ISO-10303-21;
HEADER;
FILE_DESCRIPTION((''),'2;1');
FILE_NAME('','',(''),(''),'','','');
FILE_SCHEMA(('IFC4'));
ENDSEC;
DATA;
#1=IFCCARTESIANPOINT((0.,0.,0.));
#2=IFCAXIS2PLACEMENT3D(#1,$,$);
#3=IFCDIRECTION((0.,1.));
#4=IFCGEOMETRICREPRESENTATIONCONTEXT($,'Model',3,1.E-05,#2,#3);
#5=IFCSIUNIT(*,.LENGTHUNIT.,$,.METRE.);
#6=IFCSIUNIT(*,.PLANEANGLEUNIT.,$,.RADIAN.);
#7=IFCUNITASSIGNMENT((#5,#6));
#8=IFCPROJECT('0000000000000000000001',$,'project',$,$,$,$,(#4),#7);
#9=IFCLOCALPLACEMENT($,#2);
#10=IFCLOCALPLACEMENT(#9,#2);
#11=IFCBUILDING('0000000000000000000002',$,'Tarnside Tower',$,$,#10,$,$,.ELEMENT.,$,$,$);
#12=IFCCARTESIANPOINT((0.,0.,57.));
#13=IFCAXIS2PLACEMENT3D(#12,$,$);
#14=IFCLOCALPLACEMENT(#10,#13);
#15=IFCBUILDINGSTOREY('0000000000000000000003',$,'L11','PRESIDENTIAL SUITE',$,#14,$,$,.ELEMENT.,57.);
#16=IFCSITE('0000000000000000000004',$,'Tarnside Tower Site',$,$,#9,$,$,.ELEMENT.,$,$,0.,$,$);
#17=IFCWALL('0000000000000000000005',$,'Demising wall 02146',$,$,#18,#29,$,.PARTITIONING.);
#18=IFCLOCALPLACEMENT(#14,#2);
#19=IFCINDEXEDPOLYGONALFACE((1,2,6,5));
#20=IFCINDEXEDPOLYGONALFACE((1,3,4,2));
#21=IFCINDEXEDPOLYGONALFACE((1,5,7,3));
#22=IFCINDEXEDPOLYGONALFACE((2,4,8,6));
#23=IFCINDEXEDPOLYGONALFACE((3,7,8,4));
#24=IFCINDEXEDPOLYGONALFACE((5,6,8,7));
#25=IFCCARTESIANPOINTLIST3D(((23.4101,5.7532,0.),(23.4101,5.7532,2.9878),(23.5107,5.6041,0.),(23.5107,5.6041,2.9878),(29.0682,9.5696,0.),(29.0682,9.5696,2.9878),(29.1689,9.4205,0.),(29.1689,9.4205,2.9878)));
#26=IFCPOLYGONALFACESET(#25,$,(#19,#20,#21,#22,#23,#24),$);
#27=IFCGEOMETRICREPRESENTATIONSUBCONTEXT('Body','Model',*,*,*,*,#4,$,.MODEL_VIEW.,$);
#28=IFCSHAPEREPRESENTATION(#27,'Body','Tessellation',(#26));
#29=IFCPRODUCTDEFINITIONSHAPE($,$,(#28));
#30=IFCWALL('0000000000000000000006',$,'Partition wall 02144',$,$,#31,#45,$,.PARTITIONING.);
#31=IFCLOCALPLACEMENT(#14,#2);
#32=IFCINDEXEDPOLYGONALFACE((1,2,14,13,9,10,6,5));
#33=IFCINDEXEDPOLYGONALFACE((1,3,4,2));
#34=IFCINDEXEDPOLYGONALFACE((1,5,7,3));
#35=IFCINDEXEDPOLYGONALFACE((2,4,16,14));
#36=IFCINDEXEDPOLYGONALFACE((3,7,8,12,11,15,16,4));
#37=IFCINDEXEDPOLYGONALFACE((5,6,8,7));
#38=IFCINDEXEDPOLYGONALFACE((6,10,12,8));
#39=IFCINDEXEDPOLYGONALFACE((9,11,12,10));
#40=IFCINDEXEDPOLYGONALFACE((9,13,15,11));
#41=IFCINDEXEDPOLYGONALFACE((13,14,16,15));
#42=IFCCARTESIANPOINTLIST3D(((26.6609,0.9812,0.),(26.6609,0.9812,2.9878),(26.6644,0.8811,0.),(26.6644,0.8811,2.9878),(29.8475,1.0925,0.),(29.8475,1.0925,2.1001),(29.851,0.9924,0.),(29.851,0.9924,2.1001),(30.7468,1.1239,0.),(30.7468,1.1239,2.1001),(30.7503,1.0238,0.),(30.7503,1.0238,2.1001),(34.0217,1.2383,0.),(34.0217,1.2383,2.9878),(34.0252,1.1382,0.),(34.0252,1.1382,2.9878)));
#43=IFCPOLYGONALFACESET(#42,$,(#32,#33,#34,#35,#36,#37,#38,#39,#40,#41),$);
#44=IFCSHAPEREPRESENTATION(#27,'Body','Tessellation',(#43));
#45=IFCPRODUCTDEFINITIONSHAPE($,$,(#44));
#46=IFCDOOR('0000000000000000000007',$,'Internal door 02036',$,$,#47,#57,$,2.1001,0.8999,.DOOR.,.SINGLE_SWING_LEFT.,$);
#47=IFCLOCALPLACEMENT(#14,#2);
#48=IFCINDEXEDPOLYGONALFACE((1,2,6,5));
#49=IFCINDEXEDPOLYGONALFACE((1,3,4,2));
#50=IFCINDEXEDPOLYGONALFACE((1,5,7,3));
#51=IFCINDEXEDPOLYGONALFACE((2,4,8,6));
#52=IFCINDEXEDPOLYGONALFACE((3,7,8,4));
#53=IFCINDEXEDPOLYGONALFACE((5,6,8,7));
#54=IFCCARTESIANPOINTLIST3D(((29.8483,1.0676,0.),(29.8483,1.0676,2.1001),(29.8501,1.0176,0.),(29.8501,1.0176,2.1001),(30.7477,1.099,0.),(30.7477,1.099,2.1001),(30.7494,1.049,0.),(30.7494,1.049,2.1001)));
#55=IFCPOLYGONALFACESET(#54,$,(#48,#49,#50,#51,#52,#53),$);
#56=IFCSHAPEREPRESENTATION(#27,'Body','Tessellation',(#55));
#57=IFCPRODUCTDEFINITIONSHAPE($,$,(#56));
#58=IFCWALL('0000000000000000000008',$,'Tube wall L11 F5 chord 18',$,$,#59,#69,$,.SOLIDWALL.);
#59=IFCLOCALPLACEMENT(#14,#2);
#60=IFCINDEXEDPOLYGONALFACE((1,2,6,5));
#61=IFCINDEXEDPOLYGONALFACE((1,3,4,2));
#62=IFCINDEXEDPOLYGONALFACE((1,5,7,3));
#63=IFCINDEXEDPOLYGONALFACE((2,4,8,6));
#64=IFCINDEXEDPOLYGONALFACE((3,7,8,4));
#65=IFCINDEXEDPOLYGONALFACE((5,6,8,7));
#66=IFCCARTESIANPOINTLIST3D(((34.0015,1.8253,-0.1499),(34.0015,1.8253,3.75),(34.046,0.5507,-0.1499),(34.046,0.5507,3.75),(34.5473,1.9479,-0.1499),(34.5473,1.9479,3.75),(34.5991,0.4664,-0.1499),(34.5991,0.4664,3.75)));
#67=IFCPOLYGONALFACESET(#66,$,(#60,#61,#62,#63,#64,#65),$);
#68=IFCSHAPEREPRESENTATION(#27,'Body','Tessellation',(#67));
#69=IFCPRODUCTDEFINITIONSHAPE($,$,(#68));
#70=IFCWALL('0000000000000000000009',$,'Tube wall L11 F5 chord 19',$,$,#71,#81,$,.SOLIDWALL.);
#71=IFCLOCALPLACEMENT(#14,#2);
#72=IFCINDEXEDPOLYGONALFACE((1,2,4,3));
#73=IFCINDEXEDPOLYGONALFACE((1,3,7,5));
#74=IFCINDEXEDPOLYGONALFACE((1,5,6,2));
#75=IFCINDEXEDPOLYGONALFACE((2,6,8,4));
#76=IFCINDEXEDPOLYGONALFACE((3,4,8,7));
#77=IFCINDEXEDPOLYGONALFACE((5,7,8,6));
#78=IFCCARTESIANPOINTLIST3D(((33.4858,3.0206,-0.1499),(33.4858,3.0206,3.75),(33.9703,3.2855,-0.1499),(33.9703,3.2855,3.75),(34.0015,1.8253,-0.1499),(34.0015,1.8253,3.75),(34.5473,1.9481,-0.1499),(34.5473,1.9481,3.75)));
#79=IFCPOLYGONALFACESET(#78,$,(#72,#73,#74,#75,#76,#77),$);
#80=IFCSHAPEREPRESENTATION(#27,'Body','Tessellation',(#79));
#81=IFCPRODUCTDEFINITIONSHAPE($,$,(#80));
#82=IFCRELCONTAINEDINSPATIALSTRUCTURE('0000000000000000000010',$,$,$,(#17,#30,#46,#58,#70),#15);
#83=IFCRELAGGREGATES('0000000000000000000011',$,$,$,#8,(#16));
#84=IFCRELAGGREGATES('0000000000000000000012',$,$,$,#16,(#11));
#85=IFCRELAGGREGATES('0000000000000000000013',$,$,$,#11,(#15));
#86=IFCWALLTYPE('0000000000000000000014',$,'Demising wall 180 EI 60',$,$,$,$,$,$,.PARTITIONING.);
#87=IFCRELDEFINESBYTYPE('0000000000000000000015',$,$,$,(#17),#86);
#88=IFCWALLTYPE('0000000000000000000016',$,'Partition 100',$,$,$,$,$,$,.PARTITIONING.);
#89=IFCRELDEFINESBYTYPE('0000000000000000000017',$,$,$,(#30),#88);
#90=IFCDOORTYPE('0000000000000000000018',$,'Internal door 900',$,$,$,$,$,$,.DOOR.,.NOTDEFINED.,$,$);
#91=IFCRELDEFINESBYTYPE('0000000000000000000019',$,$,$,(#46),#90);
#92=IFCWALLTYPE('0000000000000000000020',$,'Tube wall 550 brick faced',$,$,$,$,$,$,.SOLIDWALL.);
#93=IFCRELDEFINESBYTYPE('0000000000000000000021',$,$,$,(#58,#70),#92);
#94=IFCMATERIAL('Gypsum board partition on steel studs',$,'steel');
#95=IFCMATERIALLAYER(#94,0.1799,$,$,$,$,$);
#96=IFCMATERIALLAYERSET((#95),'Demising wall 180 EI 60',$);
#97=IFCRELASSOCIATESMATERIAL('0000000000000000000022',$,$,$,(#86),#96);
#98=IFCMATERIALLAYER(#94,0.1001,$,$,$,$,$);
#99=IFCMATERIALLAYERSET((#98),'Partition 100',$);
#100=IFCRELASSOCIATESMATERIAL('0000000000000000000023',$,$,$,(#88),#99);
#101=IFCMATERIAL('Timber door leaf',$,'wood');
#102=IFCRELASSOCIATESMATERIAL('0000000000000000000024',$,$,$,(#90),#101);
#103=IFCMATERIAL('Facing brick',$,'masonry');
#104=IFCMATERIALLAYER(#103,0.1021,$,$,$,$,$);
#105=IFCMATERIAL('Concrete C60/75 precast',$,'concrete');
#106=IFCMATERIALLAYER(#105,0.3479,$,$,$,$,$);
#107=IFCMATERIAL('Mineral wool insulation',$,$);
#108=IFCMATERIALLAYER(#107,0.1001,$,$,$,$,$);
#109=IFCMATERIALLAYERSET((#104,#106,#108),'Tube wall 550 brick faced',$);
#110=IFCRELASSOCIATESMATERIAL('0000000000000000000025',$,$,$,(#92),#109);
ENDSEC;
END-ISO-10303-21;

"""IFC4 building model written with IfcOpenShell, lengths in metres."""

from ifc_helpers import new_model, si_unit, direction, frame, frame_2d, origin, place, context, subcontext, project, spatial, polyline, rectangle, outline, extrude, material, layer, layer_set, type_object, element, fill, save


model = new_model("IFC4")

# Units and contexts
model_context = context("Model", 3, precision=1e-05, world=origin(), true_north=direction((0.0, 1.0)))
body_context = subcontext(model_context, "Body", "Model", "MODEL_VIEW")
ifc_project = project(units=[si_unit("LENGTHUNIT", "METRE"), si_unit("PLANEANGLEUNIT", "RADIAN")], contexts=[model_context])

# Site, building, storey
site_placement = place(None, origin())
site = spatial("IfcSite", under=ifc_project, at=site_placement, Name="Tarnside Tower Site", CompositionType="ELEMENT", RefElevation=0.0)
building_placement = place(site_placement, origin())
building = spatial("IfcBuilding", under=site, at=building_placement, Name="Tarnside Tower", CompositionType="ELEMENT")
storey_placement = place(building_placement, frame((0.0, 0.0, 57.0)))
storey = spatial("IfcBuildingStorey", under=building, at=storey_placement, Name="L11", Description="PRESIDENTIAL SUITE", CompositionType="ELEMENT", Elevation=57.0)

# Wall
ifc_material_1 = material(Name="Gypsum board partition on steel studs", Category="steel")
ifc_layer_1 = layer(ifc_material_1, 0.1799)
ifc_layer_set_1 = layer_set([ifc_layer_1], Name="Demising wall 180 EI 60")
wall_type_1 = type_object("IfcWallType", Name="Demising wall 180 EI 60", PredefinedType="PARTITIONING", material=ifc_layer_set_1)
wall_1_placement = place(storey_placement, frame((29.1187, 9.4951, 0.0), z_axis=(0.0, 0.0, 1.0), x_axis=(-0.829044, -0.559183, 0.0)))
element("IfcWall", 1, at=wall_1_placement, inside=storey, type_object=wall_type_1, Name="Demising wall 02146", PredefinedType="PARTITIONING", context=body_context, shape_type="SweptSolid", body=[
    extrude(rectangle(XDim=6.825, YDim=0.1799, at=frame_2d((3.4126, 0.0))), origin(), (0.0, 0.0, 1.0), 2.9878),
])

# Wall, opening, door
ifc_layer_2 = layer(ifc_material_1, 0.1001)
ifc_layer_set_2 = layer_set([ifc_layer_2], Name="Partition 100")
wall_type_2 = type_object("IfcWallType", Name="Partition 100", PredefinedType="PARTITIONING", material=ifc_layer_set_2)
wall_2_placement = place(storey_placement, frame((34.0234, 1.1882, 0.0), z_axis=(0.0, 0.0, 1.0), x_axis=(-0.999391, -0.034904, 0.0)))
wall_2 = element("IfcWall", 2, at=wall_2_placement, inside=storey, type_object=wall_type_2, Name="Partition wall 02144", PredefinedType="PARTITIONING", context=body_context, shape_type="SweptSolid", body=[
    extrude(rectangle(XDim=7.3652, YDim=0.1001, at=frame_2d((3.6826, 0.0))), origin(), (0.0, 0.0, 1.0), 2.9878),
])
opening_1_placement = place(wall_2_placement, frame((3.2769, 0.0, 0.0)))
opening_1 = element("IfcOpeningElement", 3, at=opening_1_placement, cuts=wall_2, PredefinedType="OPENING", context=body_context, shape_type="SweptSolid", body=[
    extrude(rectangle(XDim=0.8999, YDim=2.1001, at=frame_2d((0.45, 1.05))), frame((0.0, 0.0601, 0.0), z_axis=(0.0, -1.0, 0.0), x_axis=(1.0, 0.0, 0.0)), (0.0, 0.0, 1.0), 0.1201),
])
ifc_material_2 = material(Name="Timber door leaf", Category="wood")
door_type = type_object("IfcDoorType", Name="Internal door 900", OperationType="NOTDEFINED", PredefinedType="DOOR", material=ifc_material_2)
door_placement = place(opening_1_placement, origin())
door = element("IfcDoor", 4, at=door_placement, inside=storey, type_object=door_type, Name="Internal door 02036", OperationType="SINGLE_SWING_LEFT", OverallHeight=2.1001, OverallWidth=0.8999, PredefinedType="DOOR", context=body_context, shape_type="SweptSolid", body=[
    extrude(rectangle(XDim=0.8999, YDim=2.1001, at=frame_2d((0.45, 1.05))), frame((0.0, 0.0249, 0.0), z_axis=(0.0, -1.0, 0.0), x_axis=(1.0, 0.0, 0.0)), (0.0, 0.0, 1.0), 0.05),
])
fill(opening_1, door)

# Walls
ifc_material_3 = material(Name="Facing brick", Category="masonry")
ifc_layer_3 = layer(ifc_material_3, 0.1021)
ifc_material_4 = material(Name="Concrete C60/75 precast", Category="concrete")
ifc_layer_4 = layer(ifc_material_4, 0.3479)
ifc_material_5 = material(Name="Mineral wool insulation")
ifc_layer_5 = layer(ifc_material_5, 0.1001)
ifc_layer_set_3 = layer_set([ifc_layer_3, ifc_layer_4, ifc_layer_5], Name="Tube wall 550 brick faced")
wall_type_3 = type_object("IfcWallType", Name="Tube wall 550 brick faced", PredefinedType="SOLIDWALL", material=ifc_layer_set_3)
wall_3_placement = place(storey_placement, frame((34.3225, 0.5085, -0.1499), z_axis=(0.0, 0.0, 1.0), x_axis=(-0.034877, 0.999392, 0.0)))
element("IfcWall", 5, at=wall_3_placement, inside=storey, type_object=wall_type_3, Name="Tube wall L11 F5 chord 18", PredefinedType="SOLIDWALL", context=body_context, shape_type="SweptSolid", body=[
    extrude(outline(polyline([(-0.0518, -0.2749), (1.4307, -0.2749), (1.3271, 0.2749), (0.0518, 0.2749), (-0.0518, -0.2749)])), origin(), (0.0, 0.0, 1.0), 3.8999),
])
wall_4_placement = place(storey_placement, frame((34.2744, 1.8867, -0.1499), z_axis=(0.0, 0.0, 1.0), x_axis=(-0.396161, 0.918181, 0.0)))
element("IfcWall", 6, at=wall_4_placement, inside=storey, type_object=wall_type_3, Name="Tube wall L11 F5 chord 19", PredefinedType="SOLIDWALL", context=body_context, shape_type="SweptSolid", body=[
    extrude(outline(polyline([(-0.0518, -0.2749), (1.4048, -0.2749), (1.3535, 0.2749), (0.0518, 0.2749), (-0.0518, -0.2749)])), origin(), (0.0, 0.0, 1.0), 3.8999),
])

save(model, "model.ifc")
